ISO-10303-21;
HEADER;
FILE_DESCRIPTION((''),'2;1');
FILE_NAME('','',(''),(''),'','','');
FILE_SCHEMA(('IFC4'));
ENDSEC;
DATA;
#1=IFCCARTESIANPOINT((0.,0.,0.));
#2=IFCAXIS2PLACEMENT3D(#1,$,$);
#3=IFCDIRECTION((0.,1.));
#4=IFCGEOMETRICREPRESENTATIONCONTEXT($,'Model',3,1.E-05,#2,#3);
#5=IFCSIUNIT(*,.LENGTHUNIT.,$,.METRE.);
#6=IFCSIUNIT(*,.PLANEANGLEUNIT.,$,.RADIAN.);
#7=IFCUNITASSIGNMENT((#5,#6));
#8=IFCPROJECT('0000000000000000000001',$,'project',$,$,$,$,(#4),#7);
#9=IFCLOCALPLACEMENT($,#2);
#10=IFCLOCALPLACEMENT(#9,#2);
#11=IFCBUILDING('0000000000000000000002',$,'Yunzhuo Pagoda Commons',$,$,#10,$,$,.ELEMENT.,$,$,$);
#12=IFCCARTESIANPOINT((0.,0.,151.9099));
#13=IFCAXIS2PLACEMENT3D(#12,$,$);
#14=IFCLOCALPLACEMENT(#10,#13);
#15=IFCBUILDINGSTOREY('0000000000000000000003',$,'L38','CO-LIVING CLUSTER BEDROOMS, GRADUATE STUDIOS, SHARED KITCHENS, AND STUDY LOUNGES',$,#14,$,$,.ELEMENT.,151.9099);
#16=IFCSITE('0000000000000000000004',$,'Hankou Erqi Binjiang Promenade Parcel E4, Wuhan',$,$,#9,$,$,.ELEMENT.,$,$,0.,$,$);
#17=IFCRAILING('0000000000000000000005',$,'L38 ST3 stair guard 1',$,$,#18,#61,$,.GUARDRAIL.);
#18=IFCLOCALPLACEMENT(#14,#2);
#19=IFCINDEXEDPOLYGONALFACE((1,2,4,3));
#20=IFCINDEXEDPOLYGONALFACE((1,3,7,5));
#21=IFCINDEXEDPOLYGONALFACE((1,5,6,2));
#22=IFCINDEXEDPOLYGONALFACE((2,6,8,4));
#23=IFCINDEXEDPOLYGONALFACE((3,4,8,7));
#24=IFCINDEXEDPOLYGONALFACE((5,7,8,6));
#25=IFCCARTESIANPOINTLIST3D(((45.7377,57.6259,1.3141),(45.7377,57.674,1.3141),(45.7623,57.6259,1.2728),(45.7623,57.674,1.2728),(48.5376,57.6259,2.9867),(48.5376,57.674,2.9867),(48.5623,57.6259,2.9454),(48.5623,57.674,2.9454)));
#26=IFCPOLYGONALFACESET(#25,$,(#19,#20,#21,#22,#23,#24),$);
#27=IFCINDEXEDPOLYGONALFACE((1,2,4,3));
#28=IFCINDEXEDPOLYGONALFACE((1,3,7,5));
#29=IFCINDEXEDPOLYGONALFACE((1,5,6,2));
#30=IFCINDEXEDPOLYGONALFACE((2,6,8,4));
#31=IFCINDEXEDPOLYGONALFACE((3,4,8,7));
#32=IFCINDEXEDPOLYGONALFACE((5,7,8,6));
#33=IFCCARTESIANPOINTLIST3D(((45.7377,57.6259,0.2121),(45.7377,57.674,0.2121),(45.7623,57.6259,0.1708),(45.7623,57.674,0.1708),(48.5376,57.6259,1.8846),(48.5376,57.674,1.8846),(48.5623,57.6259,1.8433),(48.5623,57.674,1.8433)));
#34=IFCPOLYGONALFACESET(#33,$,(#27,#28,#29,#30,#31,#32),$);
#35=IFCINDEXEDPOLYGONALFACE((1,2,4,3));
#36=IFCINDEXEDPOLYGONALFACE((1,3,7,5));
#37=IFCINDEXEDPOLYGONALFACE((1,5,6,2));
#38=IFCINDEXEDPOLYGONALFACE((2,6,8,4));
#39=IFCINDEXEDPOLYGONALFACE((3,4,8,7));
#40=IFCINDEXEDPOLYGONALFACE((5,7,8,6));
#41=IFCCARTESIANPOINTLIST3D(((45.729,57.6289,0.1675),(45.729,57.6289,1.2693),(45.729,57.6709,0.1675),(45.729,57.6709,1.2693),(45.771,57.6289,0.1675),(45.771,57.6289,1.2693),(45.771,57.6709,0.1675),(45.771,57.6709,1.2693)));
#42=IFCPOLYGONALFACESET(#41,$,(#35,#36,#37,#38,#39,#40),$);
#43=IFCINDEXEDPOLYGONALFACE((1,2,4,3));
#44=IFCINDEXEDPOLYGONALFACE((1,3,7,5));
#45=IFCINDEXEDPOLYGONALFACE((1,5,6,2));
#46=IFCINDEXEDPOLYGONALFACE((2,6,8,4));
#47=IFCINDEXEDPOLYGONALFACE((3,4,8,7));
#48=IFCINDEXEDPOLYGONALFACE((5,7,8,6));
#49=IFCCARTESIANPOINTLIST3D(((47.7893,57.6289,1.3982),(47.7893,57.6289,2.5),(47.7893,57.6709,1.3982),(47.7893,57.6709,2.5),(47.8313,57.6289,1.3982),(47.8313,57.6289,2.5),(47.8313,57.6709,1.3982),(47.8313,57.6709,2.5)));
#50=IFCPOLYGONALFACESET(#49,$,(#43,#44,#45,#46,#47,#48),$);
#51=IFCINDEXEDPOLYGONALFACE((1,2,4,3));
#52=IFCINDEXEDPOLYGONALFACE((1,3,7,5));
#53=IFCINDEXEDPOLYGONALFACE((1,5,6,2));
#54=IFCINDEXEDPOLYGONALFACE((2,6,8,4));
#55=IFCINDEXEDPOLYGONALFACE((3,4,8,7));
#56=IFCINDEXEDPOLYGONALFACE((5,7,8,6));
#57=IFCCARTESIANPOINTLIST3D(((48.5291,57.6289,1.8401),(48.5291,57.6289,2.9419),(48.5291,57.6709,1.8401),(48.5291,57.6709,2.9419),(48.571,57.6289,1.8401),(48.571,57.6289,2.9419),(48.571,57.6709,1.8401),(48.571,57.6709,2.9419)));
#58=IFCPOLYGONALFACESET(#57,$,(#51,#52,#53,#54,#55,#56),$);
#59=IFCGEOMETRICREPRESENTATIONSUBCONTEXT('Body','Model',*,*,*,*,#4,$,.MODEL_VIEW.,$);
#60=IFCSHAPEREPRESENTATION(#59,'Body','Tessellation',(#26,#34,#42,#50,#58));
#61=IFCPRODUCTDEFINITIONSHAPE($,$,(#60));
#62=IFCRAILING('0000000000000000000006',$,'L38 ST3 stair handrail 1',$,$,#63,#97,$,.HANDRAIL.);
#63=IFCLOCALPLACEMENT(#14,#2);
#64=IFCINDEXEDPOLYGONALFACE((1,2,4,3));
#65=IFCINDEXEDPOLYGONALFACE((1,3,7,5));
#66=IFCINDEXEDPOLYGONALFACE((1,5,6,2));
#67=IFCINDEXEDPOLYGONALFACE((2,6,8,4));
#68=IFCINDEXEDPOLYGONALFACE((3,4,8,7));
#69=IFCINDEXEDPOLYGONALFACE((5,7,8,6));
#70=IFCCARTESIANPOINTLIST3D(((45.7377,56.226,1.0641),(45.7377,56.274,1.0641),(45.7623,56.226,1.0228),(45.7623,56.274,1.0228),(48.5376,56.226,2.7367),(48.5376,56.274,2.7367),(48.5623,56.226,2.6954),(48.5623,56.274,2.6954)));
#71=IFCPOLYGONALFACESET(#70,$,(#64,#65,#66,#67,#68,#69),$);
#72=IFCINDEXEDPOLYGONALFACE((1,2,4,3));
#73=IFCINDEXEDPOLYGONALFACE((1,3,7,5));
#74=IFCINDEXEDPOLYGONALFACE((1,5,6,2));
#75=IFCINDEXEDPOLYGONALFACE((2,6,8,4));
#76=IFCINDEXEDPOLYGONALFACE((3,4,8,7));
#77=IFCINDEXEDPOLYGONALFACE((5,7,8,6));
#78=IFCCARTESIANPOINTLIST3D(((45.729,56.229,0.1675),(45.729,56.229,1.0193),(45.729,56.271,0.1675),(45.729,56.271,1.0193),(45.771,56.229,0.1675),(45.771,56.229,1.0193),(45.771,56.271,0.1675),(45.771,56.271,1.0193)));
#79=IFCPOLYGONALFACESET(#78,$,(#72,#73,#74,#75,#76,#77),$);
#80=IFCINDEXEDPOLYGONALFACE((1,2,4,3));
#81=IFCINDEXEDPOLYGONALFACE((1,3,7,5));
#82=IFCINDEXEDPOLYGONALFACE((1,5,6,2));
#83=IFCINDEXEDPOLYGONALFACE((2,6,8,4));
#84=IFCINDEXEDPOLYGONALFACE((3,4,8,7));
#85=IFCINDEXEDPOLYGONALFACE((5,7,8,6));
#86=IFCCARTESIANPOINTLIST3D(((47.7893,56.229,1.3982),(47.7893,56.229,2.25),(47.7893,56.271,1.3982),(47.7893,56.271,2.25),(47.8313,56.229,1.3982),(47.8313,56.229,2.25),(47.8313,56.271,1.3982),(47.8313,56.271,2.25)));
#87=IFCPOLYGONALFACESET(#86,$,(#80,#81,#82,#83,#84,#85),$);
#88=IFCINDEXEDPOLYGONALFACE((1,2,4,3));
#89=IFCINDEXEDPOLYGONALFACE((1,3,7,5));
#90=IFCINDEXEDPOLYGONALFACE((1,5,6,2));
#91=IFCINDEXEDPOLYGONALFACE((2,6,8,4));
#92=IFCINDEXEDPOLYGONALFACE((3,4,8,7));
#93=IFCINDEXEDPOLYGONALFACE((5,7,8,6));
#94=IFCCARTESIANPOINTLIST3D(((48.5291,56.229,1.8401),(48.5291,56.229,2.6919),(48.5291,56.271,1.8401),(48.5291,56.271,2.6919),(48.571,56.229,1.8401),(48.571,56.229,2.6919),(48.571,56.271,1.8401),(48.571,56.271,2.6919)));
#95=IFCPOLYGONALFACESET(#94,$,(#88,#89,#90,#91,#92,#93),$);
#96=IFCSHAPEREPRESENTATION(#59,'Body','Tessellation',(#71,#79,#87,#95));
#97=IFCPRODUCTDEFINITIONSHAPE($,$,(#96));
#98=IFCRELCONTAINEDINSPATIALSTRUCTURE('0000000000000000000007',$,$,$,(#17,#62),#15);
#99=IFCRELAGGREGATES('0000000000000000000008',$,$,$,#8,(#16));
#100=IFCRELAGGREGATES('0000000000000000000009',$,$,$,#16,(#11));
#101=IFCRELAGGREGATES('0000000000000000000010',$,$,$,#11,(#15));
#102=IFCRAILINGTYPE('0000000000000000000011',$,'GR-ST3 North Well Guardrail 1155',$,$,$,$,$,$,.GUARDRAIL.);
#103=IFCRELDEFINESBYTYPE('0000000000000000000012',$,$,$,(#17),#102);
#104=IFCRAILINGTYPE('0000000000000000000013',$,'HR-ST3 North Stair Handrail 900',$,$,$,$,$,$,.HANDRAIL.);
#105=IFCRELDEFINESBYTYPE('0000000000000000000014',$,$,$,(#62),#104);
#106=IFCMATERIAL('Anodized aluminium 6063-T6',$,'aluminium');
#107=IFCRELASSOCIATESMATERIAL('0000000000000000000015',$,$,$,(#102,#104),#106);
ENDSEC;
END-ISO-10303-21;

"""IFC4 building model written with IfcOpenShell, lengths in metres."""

from ifc_helpers import new_model, si_unit, direction, frame, origin, origin_2d, place, context, subcontext, project, spatial, rectangle, extrude, material, type_object, element, save


model = new_model("IFC4")

# Units and contexts
model_context = context("Model", 3, precision=1e-05, world=origin(), true_north=direction((0.0, 1.0)))
body_context = subcontext(model_context, "Body", "Model", "MODEL_VIEW")
ifc_project = project(units=[si_unit("LENGTHUNIT", "METRE"), si_unit("PLANEANGLEUNIT", "RADIAN")], contexts=[model_context])

# Site, building, storey
site_placement = place(None, origin())
site = spatial("IfcSite", under=ifc_project, at=site_placement, Name="Hankou Erqi Binjiang Promenade Parcel E4, Wuhan", CompositionType="ELEMENT", RefElevation=0.0)
building_placement = place(site_placement, origin())
building = spatial("IfcBuilding", under=site, at=building_placement, Name="Yunzhuo Pagoda Commons", CompositionType="ELEMENT")
storey_placement = place(building_placement, frame((0.0, 0.0, 151.9099)))
storey = spatial("IfcBuildingStorey", under=building, at=storey_placement, Name="L38", Description="CO-LIVING CLUSTER BEDROOMS, GRADUATE STUDIOS, SHARED KITCHENS, AND STUDY LOUNGES", CompositionType="ELEMENT", Elevation=151.9099)

# Shared definitions
ifc_material_1 = material(Name="Anodized aluminium 6063-T6", Category="aluminium")

# Railings
railing_type_1 = type_object("IfcRailingType", Name="GR-ST3 North Well Guardrail 1155", PredefinedType="GUARDRAIL", material=ifc_material_1)
railing_1_placement = place(storey_placement, frame((45.75, 57.6499, 0.1675)))
element("IfcRailing", 1, at=railing_1_placement, inside=storey, type_object=railing_type_1, Name="L38 ST3 stair guard 1", PredefinedType="GUARDRAIL", context=body_context, shape_type="SweptSolid", body=[
    extrude(rectangle(XDim=0.0481, YDim=0.0481, at=origin_2d()), frame((0.0, 0.0, 1.126), z_axis=(0.858495, 0.0, 0.512822), x_axis=(0.0, 1.0, 0.0)), (0.0, 0.0, 1.0), 3.2615),
    extrude(rectangle(XDim=0.0481, YDim=0.0481, at=origin_2d()), frame((0.0, 0.0, 0.0239), z_axis=(0.858495, 0.0, 0.512822), x_axis=(0.0, 1.0, 0.0)), (0.0, 0.0, 1.0), 3.2615),
    extrude(rectangle(XDim=0.042, YDim=0.042, at=origin_2d()), origin(), (0.0, 0.0, 1.0), 1.1018),
    extrude(rectangle(XDim=0.042, YDim=0.042, at=origin_2d()), frame((2.0603, 0.0, 1.2307)), (0.0, 0.0, 1.0), 1.1018),
    extrude(rectangle(XDim=0.042, YDim=0.042, at=origin_2d()), frame((2.8, 0.0, 1.6726)), (0.0, 0.0, 1.0), 1.1018),
])
railing_type_2 = type_object("IfcRailingType", Name="HR-ST3 North Stair Handrail 900", PredefinedType="HANDRAIL", material=ifc_material_1)
railing_2_placement = place(storey_placement, frame((45.75, 56.25, 0.1675)))
element("IfcRailing", 2, at=railing_2_placement, inside=storey, type_object=railing_type_2, Name="L38 ST3 stair handrail 1", PredefinedType="HANDRAIL", context=body_context, shape_type="SweptSolid", body=[
    extrude(rectangle(XDim=0.0481, YDim=0.0481, at=origin_2d()), frame((0.0, 0.0, 0.876), z_axis=(0.858495, 0.0, 0.512822), x_axis=(0.0, 1.0, 0.0)), (0.0, 0.0, 1.0), 3.2615),
    extrude(rectangle(XDim=0.042, YDim=0.042, at=origin_2d()), origin(), (0.0, 0.0, 1.0), 0.8518),
    extrude(rectangle(XDim=0.042, YDim=0.042, at=origin_2d()), frame((2.0603, 0.0, 1.2307)), (0.0, 0.0, 1.0), 0.8518),
    extrude(rectangle(XDim=0.042, YDim=0.042, at=origin_2d()), frame((2.8, 0.0, 1.6726)), (0.0, 0.0, 1.0), 0.8518),
])

save(model, "model.ifc")
